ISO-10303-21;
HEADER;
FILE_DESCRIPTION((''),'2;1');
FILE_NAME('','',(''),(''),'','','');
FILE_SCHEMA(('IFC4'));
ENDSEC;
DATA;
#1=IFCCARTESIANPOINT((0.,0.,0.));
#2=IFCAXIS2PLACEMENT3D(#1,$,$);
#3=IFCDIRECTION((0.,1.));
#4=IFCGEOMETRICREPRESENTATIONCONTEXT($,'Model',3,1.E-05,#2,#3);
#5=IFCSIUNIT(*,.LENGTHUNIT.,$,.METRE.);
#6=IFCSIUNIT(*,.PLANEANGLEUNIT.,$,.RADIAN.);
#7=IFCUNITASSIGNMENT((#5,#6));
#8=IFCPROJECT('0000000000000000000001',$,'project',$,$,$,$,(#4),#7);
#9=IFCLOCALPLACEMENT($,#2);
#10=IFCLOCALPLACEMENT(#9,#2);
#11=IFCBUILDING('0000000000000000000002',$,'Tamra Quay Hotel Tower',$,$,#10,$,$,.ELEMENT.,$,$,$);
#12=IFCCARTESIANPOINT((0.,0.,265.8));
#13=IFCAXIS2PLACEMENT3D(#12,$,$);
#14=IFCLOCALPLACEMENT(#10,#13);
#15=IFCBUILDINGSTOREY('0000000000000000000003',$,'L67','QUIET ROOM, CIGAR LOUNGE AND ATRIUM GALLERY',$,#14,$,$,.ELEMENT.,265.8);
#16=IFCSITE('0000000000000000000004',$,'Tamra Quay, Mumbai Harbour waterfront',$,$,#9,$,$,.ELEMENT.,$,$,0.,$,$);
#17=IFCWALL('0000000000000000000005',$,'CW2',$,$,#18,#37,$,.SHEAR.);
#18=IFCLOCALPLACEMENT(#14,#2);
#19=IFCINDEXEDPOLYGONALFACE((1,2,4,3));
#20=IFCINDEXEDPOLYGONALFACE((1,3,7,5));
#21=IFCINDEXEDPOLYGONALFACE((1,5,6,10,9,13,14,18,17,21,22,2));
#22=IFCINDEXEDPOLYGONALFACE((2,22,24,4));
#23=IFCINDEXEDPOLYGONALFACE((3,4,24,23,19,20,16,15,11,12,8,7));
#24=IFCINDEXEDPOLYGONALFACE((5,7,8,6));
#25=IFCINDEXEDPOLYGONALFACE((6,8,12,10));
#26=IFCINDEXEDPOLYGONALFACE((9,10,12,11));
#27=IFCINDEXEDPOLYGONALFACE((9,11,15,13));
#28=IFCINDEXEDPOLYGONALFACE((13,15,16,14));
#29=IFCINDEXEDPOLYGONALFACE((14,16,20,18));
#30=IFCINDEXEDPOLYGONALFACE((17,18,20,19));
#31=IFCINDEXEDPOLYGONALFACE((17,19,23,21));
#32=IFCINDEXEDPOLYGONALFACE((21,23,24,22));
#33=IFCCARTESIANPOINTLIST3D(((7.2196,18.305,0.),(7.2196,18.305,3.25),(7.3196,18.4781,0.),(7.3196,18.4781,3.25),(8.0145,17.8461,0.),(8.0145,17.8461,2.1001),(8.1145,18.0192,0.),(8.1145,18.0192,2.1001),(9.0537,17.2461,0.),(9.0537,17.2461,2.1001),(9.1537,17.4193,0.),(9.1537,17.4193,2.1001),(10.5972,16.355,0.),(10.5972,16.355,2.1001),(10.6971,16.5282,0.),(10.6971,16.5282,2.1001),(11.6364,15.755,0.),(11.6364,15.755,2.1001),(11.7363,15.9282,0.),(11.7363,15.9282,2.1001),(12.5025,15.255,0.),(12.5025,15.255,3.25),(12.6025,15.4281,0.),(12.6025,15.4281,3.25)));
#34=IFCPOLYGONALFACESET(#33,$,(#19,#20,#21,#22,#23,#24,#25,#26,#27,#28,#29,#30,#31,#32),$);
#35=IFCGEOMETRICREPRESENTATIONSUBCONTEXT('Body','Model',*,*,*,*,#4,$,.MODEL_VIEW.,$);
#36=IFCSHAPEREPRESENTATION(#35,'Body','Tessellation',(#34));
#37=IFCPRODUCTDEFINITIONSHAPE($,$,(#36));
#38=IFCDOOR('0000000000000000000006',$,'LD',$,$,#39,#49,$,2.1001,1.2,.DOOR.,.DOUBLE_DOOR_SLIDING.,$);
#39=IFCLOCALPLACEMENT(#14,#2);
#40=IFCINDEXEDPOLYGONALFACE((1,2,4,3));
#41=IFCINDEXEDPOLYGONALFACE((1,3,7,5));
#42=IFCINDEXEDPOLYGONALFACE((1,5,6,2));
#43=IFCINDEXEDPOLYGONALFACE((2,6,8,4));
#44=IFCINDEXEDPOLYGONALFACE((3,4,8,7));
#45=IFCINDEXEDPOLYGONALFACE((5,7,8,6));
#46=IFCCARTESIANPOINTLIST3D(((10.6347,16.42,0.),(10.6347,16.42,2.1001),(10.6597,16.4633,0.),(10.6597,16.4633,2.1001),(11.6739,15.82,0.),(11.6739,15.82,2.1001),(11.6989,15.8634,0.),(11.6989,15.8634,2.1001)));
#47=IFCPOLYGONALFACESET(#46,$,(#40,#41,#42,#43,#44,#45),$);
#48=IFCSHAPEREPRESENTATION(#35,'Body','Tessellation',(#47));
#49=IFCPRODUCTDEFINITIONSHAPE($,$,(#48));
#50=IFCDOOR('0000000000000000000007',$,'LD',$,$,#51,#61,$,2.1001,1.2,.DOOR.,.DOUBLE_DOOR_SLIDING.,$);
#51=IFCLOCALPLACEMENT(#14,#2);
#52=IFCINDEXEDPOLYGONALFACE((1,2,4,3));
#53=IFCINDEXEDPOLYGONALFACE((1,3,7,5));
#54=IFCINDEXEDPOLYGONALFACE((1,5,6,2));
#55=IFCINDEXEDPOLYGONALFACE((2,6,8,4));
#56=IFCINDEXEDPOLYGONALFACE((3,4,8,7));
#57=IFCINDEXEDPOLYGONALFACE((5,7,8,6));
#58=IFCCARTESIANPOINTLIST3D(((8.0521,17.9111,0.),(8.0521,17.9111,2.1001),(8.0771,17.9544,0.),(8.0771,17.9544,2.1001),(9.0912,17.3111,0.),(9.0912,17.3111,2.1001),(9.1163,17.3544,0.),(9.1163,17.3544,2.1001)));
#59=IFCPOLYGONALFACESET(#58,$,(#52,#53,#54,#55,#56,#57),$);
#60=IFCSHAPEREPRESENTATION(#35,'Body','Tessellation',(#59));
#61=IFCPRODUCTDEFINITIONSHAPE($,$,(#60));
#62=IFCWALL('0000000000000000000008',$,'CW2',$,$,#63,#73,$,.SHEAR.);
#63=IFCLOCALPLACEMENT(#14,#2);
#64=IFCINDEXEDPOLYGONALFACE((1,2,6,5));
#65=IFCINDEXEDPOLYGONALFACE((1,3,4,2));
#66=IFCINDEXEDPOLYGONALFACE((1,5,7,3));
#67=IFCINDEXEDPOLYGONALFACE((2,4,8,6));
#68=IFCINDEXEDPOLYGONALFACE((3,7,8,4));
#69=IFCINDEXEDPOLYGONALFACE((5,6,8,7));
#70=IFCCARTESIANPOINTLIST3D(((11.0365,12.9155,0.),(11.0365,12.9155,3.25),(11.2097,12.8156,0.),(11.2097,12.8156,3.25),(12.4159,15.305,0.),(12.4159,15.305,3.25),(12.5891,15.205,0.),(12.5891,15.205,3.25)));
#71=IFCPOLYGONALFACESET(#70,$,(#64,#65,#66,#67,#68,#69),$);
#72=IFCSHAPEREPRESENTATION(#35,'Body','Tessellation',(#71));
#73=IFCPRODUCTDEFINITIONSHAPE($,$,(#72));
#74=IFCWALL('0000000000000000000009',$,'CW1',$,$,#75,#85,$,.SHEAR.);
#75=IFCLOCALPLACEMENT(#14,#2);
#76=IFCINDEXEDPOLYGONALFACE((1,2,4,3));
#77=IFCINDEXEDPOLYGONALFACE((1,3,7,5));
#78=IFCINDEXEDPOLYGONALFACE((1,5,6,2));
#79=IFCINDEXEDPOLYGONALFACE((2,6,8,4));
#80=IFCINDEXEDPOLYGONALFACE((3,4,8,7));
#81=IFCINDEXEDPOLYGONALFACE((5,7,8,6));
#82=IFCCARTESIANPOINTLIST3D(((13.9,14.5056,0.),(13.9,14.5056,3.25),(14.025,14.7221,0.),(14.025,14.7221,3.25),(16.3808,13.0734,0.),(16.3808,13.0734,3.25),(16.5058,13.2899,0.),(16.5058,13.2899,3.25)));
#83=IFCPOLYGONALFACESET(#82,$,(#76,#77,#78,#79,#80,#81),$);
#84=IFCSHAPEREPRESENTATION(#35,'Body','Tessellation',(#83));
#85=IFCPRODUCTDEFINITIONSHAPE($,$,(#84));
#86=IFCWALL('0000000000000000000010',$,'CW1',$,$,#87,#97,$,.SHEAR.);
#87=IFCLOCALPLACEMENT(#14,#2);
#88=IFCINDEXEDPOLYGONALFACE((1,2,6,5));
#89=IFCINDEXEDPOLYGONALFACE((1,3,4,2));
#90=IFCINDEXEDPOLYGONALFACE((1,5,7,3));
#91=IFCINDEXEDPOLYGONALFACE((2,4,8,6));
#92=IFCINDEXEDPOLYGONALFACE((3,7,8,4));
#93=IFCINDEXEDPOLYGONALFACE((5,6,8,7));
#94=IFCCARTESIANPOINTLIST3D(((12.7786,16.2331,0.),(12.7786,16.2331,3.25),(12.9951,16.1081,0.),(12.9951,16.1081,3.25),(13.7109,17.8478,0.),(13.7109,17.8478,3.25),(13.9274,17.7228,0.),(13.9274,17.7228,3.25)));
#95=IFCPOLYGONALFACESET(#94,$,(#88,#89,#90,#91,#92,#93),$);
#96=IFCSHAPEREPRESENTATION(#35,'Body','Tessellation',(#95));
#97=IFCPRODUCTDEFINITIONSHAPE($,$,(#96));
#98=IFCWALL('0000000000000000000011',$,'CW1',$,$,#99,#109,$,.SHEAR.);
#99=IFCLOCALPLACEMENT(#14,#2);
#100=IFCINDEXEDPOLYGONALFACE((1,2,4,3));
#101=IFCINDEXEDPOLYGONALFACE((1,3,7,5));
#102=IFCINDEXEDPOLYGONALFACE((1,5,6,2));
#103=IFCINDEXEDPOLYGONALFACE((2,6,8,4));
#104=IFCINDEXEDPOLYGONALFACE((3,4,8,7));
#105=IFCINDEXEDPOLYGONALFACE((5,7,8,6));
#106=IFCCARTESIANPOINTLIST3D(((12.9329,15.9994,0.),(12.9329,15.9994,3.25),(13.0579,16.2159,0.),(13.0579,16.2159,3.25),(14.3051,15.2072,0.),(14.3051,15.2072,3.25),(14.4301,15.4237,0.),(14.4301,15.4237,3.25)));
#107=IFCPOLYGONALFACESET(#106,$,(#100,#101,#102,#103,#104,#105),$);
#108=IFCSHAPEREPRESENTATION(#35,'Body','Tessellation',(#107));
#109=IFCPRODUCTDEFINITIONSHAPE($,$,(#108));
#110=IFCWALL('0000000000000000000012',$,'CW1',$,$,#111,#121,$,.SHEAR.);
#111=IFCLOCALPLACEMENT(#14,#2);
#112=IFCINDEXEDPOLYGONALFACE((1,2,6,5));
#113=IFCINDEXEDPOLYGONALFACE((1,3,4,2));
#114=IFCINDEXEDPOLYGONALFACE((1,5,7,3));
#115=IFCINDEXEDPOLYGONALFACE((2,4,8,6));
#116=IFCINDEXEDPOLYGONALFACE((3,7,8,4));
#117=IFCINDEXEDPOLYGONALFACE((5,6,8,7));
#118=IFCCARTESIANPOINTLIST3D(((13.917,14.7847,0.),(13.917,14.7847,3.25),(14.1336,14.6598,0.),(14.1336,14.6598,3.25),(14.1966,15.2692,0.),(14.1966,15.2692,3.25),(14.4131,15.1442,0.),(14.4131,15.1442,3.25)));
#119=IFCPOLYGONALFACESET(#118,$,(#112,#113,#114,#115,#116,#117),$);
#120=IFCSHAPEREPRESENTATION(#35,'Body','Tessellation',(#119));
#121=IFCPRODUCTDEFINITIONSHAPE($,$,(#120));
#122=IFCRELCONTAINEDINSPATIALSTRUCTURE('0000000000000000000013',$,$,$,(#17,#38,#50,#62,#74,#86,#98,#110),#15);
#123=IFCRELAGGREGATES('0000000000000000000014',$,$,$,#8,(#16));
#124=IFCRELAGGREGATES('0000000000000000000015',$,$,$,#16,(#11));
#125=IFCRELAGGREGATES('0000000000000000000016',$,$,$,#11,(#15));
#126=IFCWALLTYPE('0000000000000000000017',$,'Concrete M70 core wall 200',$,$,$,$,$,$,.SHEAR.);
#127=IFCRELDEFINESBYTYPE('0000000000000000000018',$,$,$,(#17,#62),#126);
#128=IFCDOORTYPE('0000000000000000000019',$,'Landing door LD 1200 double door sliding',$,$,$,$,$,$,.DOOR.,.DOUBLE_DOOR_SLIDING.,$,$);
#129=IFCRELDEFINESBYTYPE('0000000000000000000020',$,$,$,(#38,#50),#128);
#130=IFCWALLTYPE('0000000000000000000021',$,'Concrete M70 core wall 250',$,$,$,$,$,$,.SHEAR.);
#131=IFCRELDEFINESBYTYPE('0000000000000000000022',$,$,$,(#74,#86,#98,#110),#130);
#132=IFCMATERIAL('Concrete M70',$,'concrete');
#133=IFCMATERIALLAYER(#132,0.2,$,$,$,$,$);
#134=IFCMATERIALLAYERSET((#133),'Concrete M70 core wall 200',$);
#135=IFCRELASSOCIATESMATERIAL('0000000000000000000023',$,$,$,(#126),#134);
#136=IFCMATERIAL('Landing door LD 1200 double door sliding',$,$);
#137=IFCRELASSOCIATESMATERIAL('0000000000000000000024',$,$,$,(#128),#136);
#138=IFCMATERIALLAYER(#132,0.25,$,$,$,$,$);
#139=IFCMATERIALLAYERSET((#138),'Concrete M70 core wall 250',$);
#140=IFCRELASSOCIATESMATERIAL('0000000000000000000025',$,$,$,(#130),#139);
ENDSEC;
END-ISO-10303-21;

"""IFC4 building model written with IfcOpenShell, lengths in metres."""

from ifc_helpers import new_model, si_unit, direction, frame, frame_2d, origin, place, context, subcontext, project, spatial, rectangle, extrude, material, layer, layer_set, type_object, element, fill, save


model = new_model("IFC4")

# Units and contexts
model_context = context("Model", 3, precision=1e-05, world=origin(), true_north=direction((0.0, 1.0)))
body_context = subcontext(model_context, "Body", "Model", "MODEL_VIEW")
ifc_project = project(units=[si_unit("LENGTHUNIT", "METRE"), si_unit("PLANEANGLEUNIT", "RADIAN")], contexts=[model_context])

# Site, building, storey
site_placement = place(None, origin())
site = spatial("IfcSite", under=ifc_project, at=site_placement, Name="Tamra Quay, Mumbai Harbour waterfront", CompositionType="ELEMENT", RefElevation=0.0)
building_placement = place(site_placement, origin())
building = spatial("IfcBuilding", under=site, at=building_placement, Name="Tamra Quay Hotel Tower", CompositionType="ELEMENT")
storey_placement = place(building_placement, frame((0.0, 0.0, 265.8)))
storey = spatial("IfcBuildingStorey", under=building, at=storey_placement, Name="L67", Description="QUIET ROOM, CIGAR LOUNGE AND ATRIUM GALLERY", CompositionType="ELEMENT", Elevation=265.8)

# Shared definitions
ifc_material_1 = material(Name="Concrete M70", Category="concrete")

# Wall, openings, doors
ifc_layer_1 = layer(ifc_material_1, 0.2)
ifc_layer_set_1 = layer_set([ifc_layer_1], Name="Concrete M70 core wall 200")
wall_type_1 = type_object("IfcWallType", Name="Concrete M70 core wall 200", PredefinedType="SHEAR", material=ifc_layer_set_1)
wall_1_placement = place(storey_placement, frame((12.5525, 15.3416, 0.0), z_axis=(0.0, 0.0, 1.0), x_axis=(-0.86603, 0.499992, 0.0)))
wall_1 = element("IfcWall", 1, at=wall_1_placement, inside=storey, type_object=wall_type_1, Name="CW2", PredefinedType="SHEAR", context=body_context, shape_type="SweptSolid", body=[
    extrude(rectangle(XDim=6.1001, YDim=0.2, at=frame_2d((3.05, 0.0))), origin(), (0.0, 0.0, 1.0), 3.25),
])
opening_1_placement = place(wall_1_placement, frame((1.0, 0.0, 0.0)))
opening_1 = element("IfcOpeningElement", 2, at=opening_1_placement, cuts=wall_1, PredefinedType="OPENING", context=body_context, shape_type="SweptSolid", body=[
    extrude(rectangle(XDim=1.2, YDim=2.1001, at=frame_2d((0.6001, 1.05))), frame((0.0, 0.1099, 0.0), z_axis=(0.0, -1.0, 0.0), x_axis=(1.0, 0.0, 0.0)), (0.0, 0.0, 1.0), 0.22),
])
opening_2_placement = place(wall_1_placement, frame((3.9822, 0.0, 0.0)))
opening_2 = element("IfcOpeningElement", 3, at=opening_2_placement, cuts=wall_1, PredefinedType="OPENING", context=body_context, shape_type="SweptSolid", body=[
    extrude(rectangle(XDim=1.2, YDim=2.1001, at=frame_2d((0.6001, 1.05))), frame((0.0, 0.1099, 0.0), z_axis=(0.0, -1.0, 0.0), x_axis=(1.0, 0.0, 0.0)), (0.0, 0.0, 1.0), 0.22),
])
ifc_material_2 = material(Name="Landing door LD 1200 double door sliding")
door_type = type_object("IfcDoorType", Name="Landing door LD 1200 double door sliding", OperationType="DOUBLE_DOOR_SLIDING", PredefinedType="DOOR", material=ifc_material_2)
door_1_placement = place(opening_1_placement, origin())
door_1 = element("IfcDoor", 4, at=door_1_placement, inside=storey, type_object=door_type, Name="LD", OperationType="DOUBLE_DOOR_SLIDING", OverallHeight=2.1001, OverallWidth=1.2, PredefinedType="DOOR", context=body_context, shape_type="SweptSolid", body=[
    extrude(rectangle(XDim=1.2, YDim=2.1001, at=frame_2d((0.6001, 1.05))), frame((0.0, 0.0249, 0.0), z_axis=(0.0, -1.0, 0.0), x_axis=(1.0, 0.0, 0.0)), (0.0, 0.0, 1.0), 0.05),
])
fill(opening_1, door_1)
door_2_placement = place(opening_2_placement, origin())
door_2 = element("IfcDoor", 5, at=door_2_placement, inside=storey, type_object=door_type, Name="LD", OperationType="DOUBLE_DOOR_SLIDING", OverallHeight=2.1001, OverallWidth=1.2, PredefinedType="DOOR", context=body_context, shape_type="SweptSolid", body=[
    extrude(rectangle(XDim=1.2, YDim=2.1001, at=frame_2d((0.6001, 1.05))), frame((0.0, 0.0249, 0.0), z_axis=(0.0, -1.0, 0.0), x_axis=(1.0, 0.0, 0.0)), (0.0, 0.0, 1.0), 0.05),
])
fill(opening_2, door_2)

# Walls
wall_2_placement = place(storey_placement, frame((12.5024, 15.2549, 0.0), z_axis=(0.0, 0.0, 1.0), x_axis=(-0.499965, -0.866046, 0.0)))
element("IfcWall", 6, at=wall_2_placement, inside=storey, type_object=wall_type_1, Name="CW2", PredefinedType="SHEAR", context=body_context, shape_type="SweptSolid", body=[
    extrude(rectangle(XDim=2.759, YDim=0.2, at=frame_2d((1.3794, 0.0))), origin(), (0.0, 0.0, 1.0), 3.25),
])
ifc_layer_2 = layer(ifc_material_1, 0.25)
ifc_layer_set_2 = layer_set([ifc_layer_2], Name="Concrete M70 core wall 250")
wall_type_2 = type_object("IfcWallType", Name="Concrete M70 core wall 250", PredefinedType="SHEAR", material=ifc_layer_set_2)
wall_3_placement = place(storey_placement, frame((13.9626, 14.6138, 0.0), z_axis=(0.0, 0.0, 1.0), x_axis=(0.866042, -0.499971, 0.0)))
element("IfcWall", 7, at=wall_3_placement, inside=storey, type_object=wall_type_2, Name="CW1", PredefinedType="SHEAR", context=body_context, shape_type="SweptSolid", body=[
    extrude(rectangle(XDim=2.8645, YDim=0.25, at=frame_2d((1.4321, 0.0))), origin(), (0.0, 0.0, 1.0), 3.25),
])
wall_4_placement = place(storey_placement, frame((13.8191, 17.7852, 0.0), z_axis=(0.0, 0.0, 1.0), x_axis=(-0.50004, -0.866002, 0.0)))
element("IfcWall", 8, at=wall_4_placement, inside=storey, type_object=wall_type_2, Name="CW1", PredefinedType="SHEAR", context=body_context, shape_type="SweptSolid", body=[
    extrude(rectangle(XDim=1.8645, YDim=0.25, at=frame_2d((0.9321, 0.0))), origin(), (0.0, 0.0, 1.0), 3.25),
])
wall_5_placement = place(storey_placement, frame((12.9954, 16.1077, 0.0), z_axis=(0.0, 0.0, 1.0), x_axis=(0.866044, -0.499967, 0.0)))
element("IfcWall", 9, at=wall_5_placement, inside=storey, type_object=wall_type_2, Name="CW1", PredefinedType="SHEAR", context=body_context, shape_type="SweptSolid", body=[
    extrude(rectangle(XDim=1.5845, YDim=0.25, at=frame_2d((0.7922, 0.0))), origin(), (0.0, 0.0, 1.0), 3.25),
])
wall_6_placement = place(storey_placement, frame((14.3049, 15.2068, 0.0), z_axis=(0.0, 0.0, 1.0), x_axis=(-0.499848, -0.866113, 0.0)))
element("IfcWall", 10, at=wall_6_placement, inside=storey, type_object=wall_type_2, Name="CW1", PredefinedType="SHEAR", context=body_context, shape_type="SweptSolid", body=[
    extrude(rectangle(XDim=0.5593, YDim=0.25, at=frame_2d((0.2798, 0.0))), origin(), (0.0, 0.0, 1.0), 3.25),
])

save(model, "model.ifc")
